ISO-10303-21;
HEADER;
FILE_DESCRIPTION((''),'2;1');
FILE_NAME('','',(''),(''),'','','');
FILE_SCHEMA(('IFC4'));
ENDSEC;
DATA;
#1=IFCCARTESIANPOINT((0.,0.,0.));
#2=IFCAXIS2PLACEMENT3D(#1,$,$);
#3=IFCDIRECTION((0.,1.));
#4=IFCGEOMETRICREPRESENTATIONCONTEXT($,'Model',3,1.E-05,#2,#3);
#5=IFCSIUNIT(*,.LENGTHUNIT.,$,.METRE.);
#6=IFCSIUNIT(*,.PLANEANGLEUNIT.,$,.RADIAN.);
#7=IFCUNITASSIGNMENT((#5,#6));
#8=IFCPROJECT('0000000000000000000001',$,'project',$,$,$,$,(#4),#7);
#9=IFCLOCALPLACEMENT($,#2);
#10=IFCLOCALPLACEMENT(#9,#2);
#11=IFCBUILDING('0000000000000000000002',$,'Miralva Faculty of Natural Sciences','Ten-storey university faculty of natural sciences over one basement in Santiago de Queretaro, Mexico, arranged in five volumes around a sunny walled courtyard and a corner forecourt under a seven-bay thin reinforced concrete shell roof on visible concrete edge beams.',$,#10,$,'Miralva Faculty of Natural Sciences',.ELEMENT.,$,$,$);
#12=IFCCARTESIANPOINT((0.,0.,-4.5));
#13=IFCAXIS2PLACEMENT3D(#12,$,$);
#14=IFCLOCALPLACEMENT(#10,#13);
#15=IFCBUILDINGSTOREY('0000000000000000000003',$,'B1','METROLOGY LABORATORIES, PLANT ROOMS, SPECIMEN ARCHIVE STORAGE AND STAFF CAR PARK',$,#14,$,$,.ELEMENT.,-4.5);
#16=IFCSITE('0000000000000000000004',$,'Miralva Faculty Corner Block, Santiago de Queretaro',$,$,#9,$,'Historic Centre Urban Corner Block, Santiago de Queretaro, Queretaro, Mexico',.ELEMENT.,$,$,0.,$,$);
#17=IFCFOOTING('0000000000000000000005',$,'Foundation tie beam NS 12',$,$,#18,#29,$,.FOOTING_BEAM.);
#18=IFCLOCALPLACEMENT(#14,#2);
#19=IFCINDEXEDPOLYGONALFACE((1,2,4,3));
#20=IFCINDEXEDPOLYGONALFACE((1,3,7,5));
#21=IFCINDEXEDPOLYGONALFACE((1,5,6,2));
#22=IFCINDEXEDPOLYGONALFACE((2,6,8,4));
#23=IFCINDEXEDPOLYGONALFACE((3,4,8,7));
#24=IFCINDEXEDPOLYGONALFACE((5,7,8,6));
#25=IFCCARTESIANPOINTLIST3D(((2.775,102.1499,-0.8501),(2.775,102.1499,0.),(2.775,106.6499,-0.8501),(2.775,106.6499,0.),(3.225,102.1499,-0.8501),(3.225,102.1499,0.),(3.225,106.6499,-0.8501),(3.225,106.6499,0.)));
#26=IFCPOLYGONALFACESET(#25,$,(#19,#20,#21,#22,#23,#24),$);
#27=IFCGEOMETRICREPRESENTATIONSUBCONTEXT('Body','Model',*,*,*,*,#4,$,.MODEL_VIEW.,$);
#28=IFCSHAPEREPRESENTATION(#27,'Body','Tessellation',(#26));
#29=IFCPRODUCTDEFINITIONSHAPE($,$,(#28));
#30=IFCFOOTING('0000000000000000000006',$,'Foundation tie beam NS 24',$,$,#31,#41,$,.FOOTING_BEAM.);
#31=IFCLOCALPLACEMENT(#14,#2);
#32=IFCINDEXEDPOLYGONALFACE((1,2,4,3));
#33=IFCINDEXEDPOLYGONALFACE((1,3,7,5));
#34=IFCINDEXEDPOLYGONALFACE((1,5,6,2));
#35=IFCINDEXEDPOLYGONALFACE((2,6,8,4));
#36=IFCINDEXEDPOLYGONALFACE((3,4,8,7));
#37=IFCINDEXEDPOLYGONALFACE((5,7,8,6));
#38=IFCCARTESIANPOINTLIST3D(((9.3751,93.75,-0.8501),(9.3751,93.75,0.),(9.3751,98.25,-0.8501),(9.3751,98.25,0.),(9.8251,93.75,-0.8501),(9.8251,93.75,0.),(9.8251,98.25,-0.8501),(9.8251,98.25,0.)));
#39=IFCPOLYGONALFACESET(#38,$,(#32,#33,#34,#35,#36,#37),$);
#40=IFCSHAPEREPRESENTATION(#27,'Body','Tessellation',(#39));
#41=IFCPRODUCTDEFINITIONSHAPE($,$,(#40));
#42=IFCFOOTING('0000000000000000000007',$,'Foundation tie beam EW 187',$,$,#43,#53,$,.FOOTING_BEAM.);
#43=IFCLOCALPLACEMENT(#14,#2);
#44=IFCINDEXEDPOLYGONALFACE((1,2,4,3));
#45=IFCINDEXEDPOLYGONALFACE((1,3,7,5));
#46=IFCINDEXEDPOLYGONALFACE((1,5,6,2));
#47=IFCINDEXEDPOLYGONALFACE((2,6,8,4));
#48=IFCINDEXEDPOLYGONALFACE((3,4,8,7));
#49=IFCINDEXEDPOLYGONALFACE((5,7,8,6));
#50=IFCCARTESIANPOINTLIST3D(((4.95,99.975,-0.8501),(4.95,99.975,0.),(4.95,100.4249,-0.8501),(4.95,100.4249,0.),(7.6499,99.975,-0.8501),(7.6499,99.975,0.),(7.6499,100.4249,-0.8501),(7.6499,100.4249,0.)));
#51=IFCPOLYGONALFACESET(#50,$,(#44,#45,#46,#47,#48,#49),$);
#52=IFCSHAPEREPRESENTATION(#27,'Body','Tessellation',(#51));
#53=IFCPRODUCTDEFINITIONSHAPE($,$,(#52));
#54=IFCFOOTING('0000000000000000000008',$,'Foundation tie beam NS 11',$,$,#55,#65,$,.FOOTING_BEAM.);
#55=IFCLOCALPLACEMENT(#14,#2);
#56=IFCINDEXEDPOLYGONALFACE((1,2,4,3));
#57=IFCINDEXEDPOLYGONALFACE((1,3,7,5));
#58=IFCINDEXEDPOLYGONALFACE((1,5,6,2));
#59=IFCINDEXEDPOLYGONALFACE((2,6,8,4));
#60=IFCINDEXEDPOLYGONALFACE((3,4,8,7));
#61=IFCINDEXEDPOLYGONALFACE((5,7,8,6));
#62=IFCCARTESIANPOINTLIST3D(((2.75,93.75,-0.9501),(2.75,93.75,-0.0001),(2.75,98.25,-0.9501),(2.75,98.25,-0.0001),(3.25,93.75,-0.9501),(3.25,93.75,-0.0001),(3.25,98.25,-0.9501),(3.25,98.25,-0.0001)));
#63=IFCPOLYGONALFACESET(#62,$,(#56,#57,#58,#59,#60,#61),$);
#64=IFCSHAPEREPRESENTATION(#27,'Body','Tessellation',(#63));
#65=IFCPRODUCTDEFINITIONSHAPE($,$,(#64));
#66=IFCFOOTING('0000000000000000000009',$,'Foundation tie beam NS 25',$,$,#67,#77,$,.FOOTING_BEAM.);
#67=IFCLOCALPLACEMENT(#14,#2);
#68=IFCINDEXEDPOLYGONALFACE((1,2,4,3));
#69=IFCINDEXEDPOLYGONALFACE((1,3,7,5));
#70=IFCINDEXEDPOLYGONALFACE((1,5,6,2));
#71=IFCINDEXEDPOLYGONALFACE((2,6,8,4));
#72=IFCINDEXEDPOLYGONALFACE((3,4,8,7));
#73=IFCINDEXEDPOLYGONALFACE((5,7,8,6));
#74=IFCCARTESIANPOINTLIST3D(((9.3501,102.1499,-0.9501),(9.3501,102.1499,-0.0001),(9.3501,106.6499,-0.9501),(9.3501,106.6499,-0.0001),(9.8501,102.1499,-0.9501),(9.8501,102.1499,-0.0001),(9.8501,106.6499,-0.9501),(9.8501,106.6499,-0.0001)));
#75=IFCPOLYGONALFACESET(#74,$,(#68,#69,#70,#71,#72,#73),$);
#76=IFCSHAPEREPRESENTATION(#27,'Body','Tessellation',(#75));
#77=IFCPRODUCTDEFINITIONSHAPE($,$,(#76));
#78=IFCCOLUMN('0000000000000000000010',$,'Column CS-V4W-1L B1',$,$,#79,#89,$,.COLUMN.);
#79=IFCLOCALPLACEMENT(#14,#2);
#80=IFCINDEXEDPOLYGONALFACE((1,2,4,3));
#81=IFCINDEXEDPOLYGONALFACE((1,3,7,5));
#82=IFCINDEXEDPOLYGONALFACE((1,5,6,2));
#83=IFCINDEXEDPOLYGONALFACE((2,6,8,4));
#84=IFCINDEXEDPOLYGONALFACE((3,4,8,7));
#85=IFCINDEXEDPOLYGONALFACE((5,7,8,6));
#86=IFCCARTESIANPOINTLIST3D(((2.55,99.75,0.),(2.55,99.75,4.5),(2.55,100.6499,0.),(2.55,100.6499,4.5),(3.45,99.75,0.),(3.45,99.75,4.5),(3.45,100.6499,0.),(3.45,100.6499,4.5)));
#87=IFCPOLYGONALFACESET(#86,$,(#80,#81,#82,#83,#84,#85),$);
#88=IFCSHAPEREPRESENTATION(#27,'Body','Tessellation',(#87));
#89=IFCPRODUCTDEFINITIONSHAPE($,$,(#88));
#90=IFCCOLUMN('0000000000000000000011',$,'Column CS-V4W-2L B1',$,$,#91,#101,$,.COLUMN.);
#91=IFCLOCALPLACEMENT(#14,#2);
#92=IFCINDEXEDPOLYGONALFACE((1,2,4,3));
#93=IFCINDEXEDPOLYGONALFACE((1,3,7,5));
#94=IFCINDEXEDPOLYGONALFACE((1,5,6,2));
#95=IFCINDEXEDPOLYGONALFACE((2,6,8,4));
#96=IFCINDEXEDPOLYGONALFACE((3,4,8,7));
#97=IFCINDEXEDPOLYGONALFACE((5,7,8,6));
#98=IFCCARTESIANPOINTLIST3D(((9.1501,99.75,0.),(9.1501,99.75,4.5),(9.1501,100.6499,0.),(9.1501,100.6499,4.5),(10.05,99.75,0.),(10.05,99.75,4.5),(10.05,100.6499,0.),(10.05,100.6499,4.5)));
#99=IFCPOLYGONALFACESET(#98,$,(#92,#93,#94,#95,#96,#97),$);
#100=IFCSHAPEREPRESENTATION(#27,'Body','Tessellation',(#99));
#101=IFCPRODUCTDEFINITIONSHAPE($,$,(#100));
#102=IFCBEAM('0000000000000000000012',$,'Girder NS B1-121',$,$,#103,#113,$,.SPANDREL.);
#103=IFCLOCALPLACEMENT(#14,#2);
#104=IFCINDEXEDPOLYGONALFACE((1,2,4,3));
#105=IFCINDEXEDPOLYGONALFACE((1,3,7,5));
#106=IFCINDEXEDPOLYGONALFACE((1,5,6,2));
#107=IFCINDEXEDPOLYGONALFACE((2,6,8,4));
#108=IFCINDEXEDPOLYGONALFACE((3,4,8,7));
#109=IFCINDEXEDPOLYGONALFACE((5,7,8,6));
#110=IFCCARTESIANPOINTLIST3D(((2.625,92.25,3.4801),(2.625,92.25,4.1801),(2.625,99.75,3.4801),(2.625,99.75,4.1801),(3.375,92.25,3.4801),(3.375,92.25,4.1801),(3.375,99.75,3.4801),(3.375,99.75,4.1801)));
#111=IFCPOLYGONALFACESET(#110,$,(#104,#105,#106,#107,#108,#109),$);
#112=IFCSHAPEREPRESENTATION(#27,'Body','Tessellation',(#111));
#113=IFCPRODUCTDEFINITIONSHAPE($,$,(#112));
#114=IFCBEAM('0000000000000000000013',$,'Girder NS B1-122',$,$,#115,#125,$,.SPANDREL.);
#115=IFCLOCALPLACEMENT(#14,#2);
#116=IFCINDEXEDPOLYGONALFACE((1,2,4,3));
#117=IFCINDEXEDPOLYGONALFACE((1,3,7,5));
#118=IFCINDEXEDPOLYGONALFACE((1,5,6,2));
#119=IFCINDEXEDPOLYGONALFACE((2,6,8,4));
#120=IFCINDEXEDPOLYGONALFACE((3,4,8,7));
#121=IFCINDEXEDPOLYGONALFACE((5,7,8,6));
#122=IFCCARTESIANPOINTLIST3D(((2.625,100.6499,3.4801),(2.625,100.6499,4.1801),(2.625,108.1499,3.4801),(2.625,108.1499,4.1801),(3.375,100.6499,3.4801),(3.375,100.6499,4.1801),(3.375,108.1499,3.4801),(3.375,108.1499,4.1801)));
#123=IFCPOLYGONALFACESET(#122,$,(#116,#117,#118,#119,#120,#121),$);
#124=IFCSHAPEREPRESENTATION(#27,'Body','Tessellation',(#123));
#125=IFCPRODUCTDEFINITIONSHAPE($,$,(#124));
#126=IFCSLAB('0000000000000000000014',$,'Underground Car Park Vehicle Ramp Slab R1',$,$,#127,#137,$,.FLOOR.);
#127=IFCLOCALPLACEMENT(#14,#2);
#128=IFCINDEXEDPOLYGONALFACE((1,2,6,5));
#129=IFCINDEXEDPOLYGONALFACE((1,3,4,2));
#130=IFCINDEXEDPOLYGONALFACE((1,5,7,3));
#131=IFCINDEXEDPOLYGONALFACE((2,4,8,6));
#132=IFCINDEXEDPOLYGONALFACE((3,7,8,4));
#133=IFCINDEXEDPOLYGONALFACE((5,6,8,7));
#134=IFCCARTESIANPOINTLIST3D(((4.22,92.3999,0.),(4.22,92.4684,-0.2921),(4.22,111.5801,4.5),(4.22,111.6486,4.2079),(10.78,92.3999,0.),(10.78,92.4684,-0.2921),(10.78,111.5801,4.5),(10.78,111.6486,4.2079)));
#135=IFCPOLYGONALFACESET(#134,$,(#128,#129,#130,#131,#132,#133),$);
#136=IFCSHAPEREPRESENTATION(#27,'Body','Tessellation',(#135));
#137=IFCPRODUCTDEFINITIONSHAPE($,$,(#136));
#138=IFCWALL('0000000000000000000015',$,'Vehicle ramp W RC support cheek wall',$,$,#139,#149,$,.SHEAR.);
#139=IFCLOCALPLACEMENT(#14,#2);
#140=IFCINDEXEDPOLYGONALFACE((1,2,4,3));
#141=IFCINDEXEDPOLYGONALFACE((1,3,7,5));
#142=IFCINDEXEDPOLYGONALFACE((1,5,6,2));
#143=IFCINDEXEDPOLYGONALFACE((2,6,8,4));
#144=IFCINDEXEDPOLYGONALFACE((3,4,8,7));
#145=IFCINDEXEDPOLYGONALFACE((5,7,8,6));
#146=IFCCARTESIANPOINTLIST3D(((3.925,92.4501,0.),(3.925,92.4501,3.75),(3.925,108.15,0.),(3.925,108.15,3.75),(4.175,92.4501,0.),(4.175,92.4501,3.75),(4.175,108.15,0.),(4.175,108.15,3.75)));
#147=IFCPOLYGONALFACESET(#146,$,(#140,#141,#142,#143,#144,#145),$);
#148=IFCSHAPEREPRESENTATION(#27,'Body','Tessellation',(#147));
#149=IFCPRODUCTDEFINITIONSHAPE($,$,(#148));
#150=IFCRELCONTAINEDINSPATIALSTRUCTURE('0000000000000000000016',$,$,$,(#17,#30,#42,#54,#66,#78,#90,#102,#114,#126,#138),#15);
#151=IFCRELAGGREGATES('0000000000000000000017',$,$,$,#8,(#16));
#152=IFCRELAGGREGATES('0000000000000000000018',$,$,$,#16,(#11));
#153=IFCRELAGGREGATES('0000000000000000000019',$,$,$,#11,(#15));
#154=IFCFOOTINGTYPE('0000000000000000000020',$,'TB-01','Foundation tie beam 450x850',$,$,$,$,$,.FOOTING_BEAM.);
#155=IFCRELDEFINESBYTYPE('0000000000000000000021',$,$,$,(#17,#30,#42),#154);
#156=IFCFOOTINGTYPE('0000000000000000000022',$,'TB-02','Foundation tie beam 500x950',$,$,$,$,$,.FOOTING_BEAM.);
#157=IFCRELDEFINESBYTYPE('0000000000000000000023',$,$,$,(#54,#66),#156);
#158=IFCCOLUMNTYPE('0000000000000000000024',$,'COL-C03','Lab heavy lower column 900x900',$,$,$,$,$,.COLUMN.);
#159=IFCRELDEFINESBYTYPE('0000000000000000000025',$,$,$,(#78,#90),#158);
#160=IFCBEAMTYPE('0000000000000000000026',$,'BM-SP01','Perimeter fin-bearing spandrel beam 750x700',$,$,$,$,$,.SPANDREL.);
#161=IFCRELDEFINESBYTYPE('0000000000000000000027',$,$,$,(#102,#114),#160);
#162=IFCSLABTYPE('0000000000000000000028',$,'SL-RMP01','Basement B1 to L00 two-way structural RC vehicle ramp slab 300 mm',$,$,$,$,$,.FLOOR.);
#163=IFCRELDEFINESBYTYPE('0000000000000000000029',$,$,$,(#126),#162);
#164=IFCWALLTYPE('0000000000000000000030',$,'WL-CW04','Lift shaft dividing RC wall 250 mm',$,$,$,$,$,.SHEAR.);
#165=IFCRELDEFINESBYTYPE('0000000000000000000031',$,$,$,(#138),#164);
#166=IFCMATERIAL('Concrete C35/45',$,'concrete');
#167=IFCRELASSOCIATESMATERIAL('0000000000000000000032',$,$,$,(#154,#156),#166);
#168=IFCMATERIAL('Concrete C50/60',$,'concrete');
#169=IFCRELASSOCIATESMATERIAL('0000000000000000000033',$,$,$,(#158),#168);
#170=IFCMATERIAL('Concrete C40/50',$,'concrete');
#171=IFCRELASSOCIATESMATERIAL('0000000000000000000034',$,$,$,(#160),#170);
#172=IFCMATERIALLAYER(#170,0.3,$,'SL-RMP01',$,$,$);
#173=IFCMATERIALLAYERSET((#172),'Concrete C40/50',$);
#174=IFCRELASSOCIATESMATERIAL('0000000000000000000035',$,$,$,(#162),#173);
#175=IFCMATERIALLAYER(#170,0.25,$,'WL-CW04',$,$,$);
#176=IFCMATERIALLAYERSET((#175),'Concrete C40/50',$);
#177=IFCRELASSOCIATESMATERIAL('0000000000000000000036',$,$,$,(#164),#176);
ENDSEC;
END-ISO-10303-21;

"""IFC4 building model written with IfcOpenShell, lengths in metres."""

from ifc_helpers import new_model, si_unit, direction, frame, frame_2d, origin, origin_2d, place, context, subcontext, project, spatial, polyline, rectangle, outline, extrude, material, layer, layer_set, material_profile, profile_set, type_object, element, save


model = new_model("IFC4")

# Units and contexts
model_context = context("Model", 3, precision=1e-05, world=origin(), true_north=direction((0.0, 1.0)))
body_context = subcontext(model_context, "Body", "Model", "MODEL_VIEW")
ifc_project = project(units=[si_unit("LENGTHUNIT", "METRE"), si_unit("PLANEANGLEUNIT", "RADIAN")], contexts=[model_context])

# Site, building, storey
site_placement = place(None, origin())
site = spatial("IfcSite", under=ifc_project, at=site_placement, Name="Miralva Faculty Corner Block, Santiago de Queretaro", LongName="Historic Centre Urban Corner Block, Santiago de Queretaro, Queretaro, Mexico", CompositionType="ELEMENT", RefElevation=0.0)
building_placement = place(site_placement, origin())
building = spatial("IfcBuilding", under=site, at=building_placement, Name="Miralva Faculty of Natural Sciences", Description="Ten-storey university faculty of natural sciences over one basement in Santiago de Queretaro, Mexico, arranged in five volumes around a sunny walled courtyard and a corner forecourt under a seven-bay thin reinforced concrete shell roof on visible concrete edge beams.", LongName="Miralva Faculty of Natural Sciences", CompositionType="ELEMENT")
storey_placement = place(building_placement, frame((0.0, 0.0, -4.5)))
storey = spatial("IfcBuildingStorey", under=building, at=storey_placement, Name="B1", Description="METROLOGY LABORATORIES, PLANT ROOMS, SPECIMEN ARCHIVE STORAGE AND STAFF CAR PARK", CompositionType="ELEMENT", Elevation=-4.5)

# Shared definitions
ifc_material_1 = material(Name="Concrete C35/45", Category="concrete")

# Footings
ifc_material_profile_1 = material_profile(ifc_material_1, rectangle(XDim=0.45, YDim=0.8501, at=origin_2d()), Name="RC 450x850")
ifc_profile_set_1 = profile_set([ifc_material_profile_1], Name="Concrete C35/45")
footing_type_1 = type_object("IfcFootingType", Name="TB-01", Description="Foundation tie beam 450x850", PredefinedType="FOOTING_BEAM", material=ifc_profile_set_1)
for number, where, z_axis, x_axis, name in (
    (1, (3.0, 102.1499, -0.425), (0.0, 1.0, 0.0), (-1.0, 0.0, 0.0), "Foundation tie beam NS 12"),
    (2, (9.6001, 93.75, -0.425), (0.0, 1.0, 0.0), (-1.0, 0.0, 0.0), "Foundation tie beam NS 24"),
):
    element("IfcFooting", number, at=place(storey_placement, frame(where, z_axis=z_axis, x_axis=x_axis)), inside=storey, type_object=footing_type_1, Name=name, PredefinedType="FOOTING_BEAM", context=body_context, shape_type="SweptSolid", body=[
        extrude(rectangle(XDim=0.45, YDim=0.8501, at=origin_2d()), origin(), (0.0, 0.0, 1.0), 4.5),
    ])
footing_placement = place(storey_placement, frame((4.95, 100.2, -0.425), z_axis=(1.0, 0.0, 0.0), x_axis=(0.0, 1.0, 0.0)))
element("IfcFooting", 3, at=footing_placement, inside=storey, type_object=footing_type_1, Name="Foundation tie beam EW 187", PredefinedType="FOOTING_BEAM", context=body_context, shape_type="SweptSolid", body=[
    extrude(rectangle(XDim=0.45, YDim=0.8501, at=origin_2d()), origin(), (0.0, 0.0, 1.0), 2.7),
])
ifc_material_profile_2 = material_profile(ifc_material_1, rectangle(XDim=0.5, YDim=0.95, at=origin_2d()), Name="RC 500x950")
ifc_profile_set_2 = profile_set([ifc_material_profile_2], Name="Concrete C35/45")
footing_type_2 = type_object("IfcFootingType", Name="TB-02", Description="Foundation tie beam 500x950", PredefinedType="FOOTING_BEAM", material=ifc_profile_set_2)
for number, where, z_axis, x_axis, name in (
    (4, (3.0, 93.75, -0.4751), (0.0, 1.0, 0.0), (-1.0, 0.0, 0.0), "Foundation tie beam NS 11"),
    (5, (9.6001, 102.1499, -0.4751), (0.0, 1.0, 0.0), (-1.0, 0.0, 0.0), "Foundation tie beam NS 25"),
):
    element("IfcFooting", number, at=place(storey_placement, frame(where, z_axis=z_axis, x_axis=x_axis)), inside=storey, type_object=footing_type_2, Name=name, PredefinedType="FOOTING_BEAM", context=body_context, shape_type="SweptSolid", body=[
        extrude(rectangle(XDim=0.5, YDim=0.95, at=origin_2d()), origin(), (0.0, 0.0, 1.0), 4.5),
    ])

# Columns
ifc_material_2 = material(Name="Concrete C50/60", Category="concrete")
ifc_material_profile_3 = material_profile(ifc_material_2, rectangle(XDim=0.8999, YDim=0.8999, at=origin_2d()), Name="RC 900x900")
ifc_profile_set_3 = profile_set([ifc_material_profile_3], Name="Concrete C50/60")
column_type = type_object("IfcColumnType", Name="COL-C03", Description="Lab heavy lower column 900x900", PredefinedType="COLUMN", material=ifc_profile_set_3)
for number, where, z_axis, x_axis, name in (
    (6, (3.0, 100.2, 0.0), (0.0, 0.0, 1.0), (1.0, 0.0, 0.0), "Column CS-V4W-1L B1"),
    (7, (9.6001, 100.2, 0.0), (0.0, 0.0, 1.0), (1.0, 0.0, 0.0), "Column CS-V4W-2L B1"),
):
    element("IfcColumn", number, at=place(storey_placement, frame(where, z_axis=z_axis, x_axis=x_axis)), inside=storey, type_object=column_type, Name=name, PredefinedType="COLUMN", context=body_context, shape_type="SweptSolid", body=[
        extrude(rectangle(XDim=0.8999, YDim=0.8999, at=origin_2d()), origin(), (0.0, 0.0, 1.0), 4.5),
    ])

# Beams
ifc_material_3 = material(Name="Concrete C40/50", Category="concrete")
ifc_material_profile_4 = material_profile(ifc_material_3, rectangle(XDim=0.75, YDim=0.7, at=origin_2d()), Name="RC 750x700")
ifc_profile_set_4 = profile_set([ifc_material_profile_4], Name="Concrete C40/50")
beam_type = type_object("IfcBeamType", Name="BM-SP01", Description="Perimeter fin-bearing spandrel beam 750x700", PredefinedType="SPANDREL", material=ifc_profile_set_4)
for number, where, z_axis, x_axis, name in (
    (8, (3.0, 92.25, 3.8301), (0.0, 1.0, 0.0), (-1.0, 0.0, 0.0), "Girder NS B1-121"),
    (9, (3.0, 100.6499, 3.8301), (0.0, 1.0, 0.0), (-1.0, 0.0, 0.0), "Girder NS B1-122"),
):
    element("IfcBeam", number, at=place(storey_placement, frame(where, z_axis=z_axis, x_axis=x_axis)), inside=storey, type_object=beam_type, Name=name, PredefinedType="SPANDREL", context=body_context, shape_type="SweptSolid", body=[
        extrude(rectangle(XDim=0.75, YDim=0.7, at=origin_2d()), origin(), (0.0, 0.0, 1.0), 7.5),
    ])

# Slab
ifc_layer_1 = layer(ifc_material_3, 0.3, Name="SL-RMP01")
ifc_layer_set_1 = layer_set([ifc_layer_1], Name="Concrete C40/50")
slab_type = type_object("IfcSlabType", Name="SL-RMP01", Description="Basement B1 to L00 two-way structural RC vehicle ramp slab 300 mm", PredefinedType="FLOOR", material=ifc_layer_set_1)
slab_placement = place(storey_placement, frame((4.22, 92.3999, 0.0), z_axis=(0.0, -0.228415, 0.973564), x_axis=(1.0, 0.0, 0.0)))
element("IfcSlab", 10, at=slab_placement, inside=storey, type_object=slab_type, Name="Underground Car Park Vehicle Ramp Slab R1", PredefinedType="FLOOR", context=body_context, shape_type="SweptSolid", body=[
    extrude(outline(polyline([(0.0, 0.0), (6.5601, 0.0), (6.5601, 19.701), (0.0, 19.701), (0.0, 0.0)])), origin(), (0.0, 0.0, -1.0), 0.3),
])

# Wall
ifc_layer_2 = layer(ifc_material_3, 0.25, Name="WL-CW04")
ifc_layer_set_2 = layer_set([ifc_layer_2], Name="Concrete C40/50")
wall_type = type_object("IfcWallType", Name="WL-CW04", Description="Lift shaft dividing RC wall 250 mm", PredefinedType="SHEAR", material=ifc_layer_set_2)
wall_placement = place(storey_placement, frame((4.05, 92.45, 0.0), z_axis=(0.0, 0.0, 1.0), x_axis=(0.0, 1.0, 0.0)))
element("IfcWall", 11, at=wall_placement, inside=storey, type_object=wall_type, Name="Vehicle ramp W RC support cheek wall", PredefinedType="SHEAR", context=body_context, shape_type="SweptSolid", body=[
    extrude(rectangle(XDim=15.7, YDim=0.25, at=frame_2d((7.8501, 0.0))), origin(), (0.0, 0.0, 1.0), 3.75),
])

save(model, "model.ifc")
